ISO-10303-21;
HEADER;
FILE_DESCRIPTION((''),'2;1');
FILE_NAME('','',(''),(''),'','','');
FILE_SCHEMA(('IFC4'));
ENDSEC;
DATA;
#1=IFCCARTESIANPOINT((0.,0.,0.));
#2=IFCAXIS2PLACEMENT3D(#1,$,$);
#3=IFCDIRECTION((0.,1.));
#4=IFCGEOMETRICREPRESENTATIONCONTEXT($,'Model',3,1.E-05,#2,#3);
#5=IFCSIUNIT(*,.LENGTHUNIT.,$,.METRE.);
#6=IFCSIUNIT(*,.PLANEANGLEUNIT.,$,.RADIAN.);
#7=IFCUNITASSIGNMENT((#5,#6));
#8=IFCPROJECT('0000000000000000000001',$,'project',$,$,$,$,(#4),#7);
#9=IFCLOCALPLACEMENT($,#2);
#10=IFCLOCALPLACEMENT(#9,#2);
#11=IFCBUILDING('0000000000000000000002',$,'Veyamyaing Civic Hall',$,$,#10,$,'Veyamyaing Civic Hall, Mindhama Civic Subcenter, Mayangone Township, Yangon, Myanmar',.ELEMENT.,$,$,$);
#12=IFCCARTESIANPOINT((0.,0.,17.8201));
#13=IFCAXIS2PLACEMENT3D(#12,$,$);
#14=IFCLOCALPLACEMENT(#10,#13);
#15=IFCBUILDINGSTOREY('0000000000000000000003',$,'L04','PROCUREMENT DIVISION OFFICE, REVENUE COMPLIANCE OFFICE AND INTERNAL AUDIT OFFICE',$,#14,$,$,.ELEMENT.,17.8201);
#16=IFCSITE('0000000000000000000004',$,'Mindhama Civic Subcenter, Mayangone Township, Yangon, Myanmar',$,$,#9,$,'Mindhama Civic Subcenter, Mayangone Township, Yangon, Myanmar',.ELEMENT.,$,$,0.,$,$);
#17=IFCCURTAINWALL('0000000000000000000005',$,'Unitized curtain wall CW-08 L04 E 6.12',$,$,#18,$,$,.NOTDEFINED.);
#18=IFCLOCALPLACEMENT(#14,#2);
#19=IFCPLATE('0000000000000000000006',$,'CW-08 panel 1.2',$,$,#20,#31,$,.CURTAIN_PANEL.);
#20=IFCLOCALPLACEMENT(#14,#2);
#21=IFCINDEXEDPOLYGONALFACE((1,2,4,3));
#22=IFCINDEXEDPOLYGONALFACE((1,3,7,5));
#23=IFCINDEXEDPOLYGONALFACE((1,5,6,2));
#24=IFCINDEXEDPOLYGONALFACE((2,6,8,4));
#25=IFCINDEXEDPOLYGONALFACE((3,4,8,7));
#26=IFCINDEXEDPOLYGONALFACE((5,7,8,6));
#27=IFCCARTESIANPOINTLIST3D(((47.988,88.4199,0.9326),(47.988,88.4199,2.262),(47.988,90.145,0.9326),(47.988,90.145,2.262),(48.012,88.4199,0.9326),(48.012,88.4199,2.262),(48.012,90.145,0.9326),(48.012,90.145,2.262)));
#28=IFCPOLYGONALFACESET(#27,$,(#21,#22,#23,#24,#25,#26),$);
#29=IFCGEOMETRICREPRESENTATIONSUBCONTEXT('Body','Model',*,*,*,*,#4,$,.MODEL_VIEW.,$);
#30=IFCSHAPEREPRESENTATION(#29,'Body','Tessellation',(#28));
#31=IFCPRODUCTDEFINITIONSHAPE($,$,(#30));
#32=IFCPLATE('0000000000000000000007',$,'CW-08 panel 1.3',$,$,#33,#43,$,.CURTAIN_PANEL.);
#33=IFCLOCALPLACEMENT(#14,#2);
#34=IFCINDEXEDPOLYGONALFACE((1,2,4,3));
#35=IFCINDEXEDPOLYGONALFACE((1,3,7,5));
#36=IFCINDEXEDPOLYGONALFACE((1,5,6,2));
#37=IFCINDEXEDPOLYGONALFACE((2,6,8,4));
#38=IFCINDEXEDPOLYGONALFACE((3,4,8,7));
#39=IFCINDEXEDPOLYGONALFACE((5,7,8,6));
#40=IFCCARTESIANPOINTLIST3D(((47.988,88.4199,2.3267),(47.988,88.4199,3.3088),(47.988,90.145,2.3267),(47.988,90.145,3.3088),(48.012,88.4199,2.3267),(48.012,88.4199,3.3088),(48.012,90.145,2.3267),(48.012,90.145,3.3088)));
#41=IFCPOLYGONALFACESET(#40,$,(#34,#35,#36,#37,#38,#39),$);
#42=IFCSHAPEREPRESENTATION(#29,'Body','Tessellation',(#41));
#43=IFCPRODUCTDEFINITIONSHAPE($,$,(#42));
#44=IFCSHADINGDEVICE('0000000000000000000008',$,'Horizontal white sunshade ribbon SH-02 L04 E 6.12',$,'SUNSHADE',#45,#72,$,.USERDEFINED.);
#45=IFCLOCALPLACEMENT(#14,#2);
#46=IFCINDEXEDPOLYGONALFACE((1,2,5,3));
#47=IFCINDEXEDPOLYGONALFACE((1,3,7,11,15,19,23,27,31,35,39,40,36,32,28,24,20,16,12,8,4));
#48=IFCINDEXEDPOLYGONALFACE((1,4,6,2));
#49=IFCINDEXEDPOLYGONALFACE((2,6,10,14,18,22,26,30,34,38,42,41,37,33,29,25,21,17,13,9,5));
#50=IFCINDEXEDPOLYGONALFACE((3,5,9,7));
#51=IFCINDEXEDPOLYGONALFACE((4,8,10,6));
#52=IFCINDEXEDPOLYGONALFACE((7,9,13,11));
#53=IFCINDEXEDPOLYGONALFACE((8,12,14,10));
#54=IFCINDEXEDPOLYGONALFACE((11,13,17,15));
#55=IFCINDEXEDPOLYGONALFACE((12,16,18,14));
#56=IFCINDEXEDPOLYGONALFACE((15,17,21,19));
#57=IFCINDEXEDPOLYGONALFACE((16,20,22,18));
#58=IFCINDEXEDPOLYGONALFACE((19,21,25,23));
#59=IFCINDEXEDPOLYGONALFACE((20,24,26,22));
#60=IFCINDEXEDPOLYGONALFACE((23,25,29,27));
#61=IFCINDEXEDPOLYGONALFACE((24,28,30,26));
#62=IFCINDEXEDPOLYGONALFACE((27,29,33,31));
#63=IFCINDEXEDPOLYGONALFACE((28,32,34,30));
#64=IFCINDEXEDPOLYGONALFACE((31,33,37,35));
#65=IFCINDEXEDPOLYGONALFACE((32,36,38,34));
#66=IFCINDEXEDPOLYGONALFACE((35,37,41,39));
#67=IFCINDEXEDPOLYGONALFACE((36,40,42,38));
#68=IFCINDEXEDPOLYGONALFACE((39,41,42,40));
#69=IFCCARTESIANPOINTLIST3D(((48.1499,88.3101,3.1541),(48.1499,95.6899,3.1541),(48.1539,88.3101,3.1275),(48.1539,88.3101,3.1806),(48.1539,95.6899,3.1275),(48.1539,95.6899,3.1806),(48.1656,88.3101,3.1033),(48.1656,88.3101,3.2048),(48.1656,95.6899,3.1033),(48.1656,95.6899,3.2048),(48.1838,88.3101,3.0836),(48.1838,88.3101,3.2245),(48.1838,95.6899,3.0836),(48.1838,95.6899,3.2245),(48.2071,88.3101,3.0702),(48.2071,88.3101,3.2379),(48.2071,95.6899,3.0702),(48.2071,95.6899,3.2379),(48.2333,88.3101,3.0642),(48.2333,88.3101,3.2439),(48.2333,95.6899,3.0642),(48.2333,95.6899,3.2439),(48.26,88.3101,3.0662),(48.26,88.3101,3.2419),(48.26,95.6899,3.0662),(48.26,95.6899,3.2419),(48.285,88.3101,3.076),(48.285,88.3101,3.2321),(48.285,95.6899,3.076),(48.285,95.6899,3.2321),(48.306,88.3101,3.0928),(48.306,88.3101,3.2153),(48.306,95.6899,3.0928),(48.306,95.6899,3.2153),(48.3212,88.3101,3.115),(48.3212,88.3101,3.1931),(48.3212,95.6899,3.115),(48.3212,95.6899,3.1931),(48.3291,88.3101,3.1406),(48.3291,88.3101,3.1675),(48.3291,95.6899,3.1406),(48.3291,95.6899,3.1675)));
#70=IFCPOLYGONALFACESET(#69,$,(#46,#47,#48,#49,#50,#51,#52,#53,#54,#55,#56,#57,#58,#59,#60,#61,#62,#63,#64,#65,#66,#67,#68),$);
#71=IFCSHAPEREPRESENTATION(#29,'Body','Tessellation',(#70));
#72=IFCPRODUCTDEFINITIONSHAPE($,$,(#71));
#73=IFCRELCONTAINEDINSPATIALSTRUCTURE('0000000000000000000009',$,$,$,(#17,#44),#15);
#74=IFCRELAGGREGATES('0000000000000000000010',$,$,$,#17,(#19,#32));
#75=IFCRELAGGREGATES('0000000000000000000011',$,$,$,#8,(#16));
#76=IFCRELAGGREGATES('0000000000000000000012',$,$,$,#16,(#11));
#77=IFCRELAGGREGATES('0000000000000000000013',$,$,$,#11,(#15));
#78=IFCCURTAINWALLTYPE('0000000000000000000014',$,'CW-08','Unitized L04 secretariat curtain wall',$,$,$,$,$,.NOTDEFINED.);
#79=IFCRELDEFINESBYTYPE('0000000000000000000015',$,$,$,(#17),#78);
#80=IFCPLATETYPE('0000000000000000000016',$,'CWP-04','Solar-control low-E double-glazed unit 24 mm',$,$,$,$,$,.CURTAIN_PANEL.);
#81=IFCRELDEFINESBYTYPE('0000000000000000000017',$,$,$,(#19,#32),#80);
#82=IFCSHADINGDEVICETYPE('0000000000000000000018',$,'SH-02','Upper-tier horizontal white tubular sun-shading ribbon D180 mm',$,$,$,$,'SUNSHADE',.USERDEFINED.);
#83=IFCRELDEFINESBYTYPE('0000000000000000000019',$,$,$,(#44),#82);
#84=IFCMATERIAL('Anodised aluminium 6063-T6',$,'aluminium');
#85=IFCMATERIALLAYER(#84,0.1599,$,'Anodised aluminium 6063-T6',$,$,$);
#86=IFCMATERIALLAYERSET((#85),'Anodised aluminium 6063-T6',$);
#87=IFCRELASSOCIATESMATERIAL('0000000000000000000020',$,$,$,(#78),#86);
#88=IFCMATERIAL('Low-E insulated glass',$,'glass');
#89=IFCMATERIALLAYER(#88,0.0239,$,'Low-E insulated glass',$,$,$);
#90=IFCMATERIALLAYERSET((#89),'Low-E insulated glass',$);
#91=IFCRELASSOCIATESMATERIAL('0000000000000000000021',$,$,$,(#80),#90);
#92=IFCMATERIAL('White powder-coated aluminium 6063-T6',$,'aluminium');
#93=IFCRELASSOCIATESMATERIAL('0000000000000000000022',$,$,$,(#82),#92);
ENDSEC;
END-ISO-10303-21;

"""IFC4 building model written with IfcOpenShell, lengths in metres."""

from ifc_helpers import new_model, si_unit, direction, frame, origin, origin_2d, place, context, subcontext, project, spatial, rectangle, circle, extrude, material, layer, layer_set, material_profile, profile_set, type_object, element, aggregate, save


model = new_model("IFC4")

# Units and contexts
model_context = context("Model", 3, precision=1e-05, world=origin(), true_north=direction((0.0, 1.0)))
body_context = subcontext(model_context, "Body", "Model", "MODEL_VIEW")
ifc_project = project(units=[si_unit("LENGTHUNIT", "METRE"), si_unit("PLANEANGLEUNIT", "RADIAN")], contexts=[model_context])

# Site, building, storey
site_placement = place(None, origin())
site = spatial("IfcSite", under=ifc_project, at=site_placement, Name="Mindhama Civic Subcenter, Mayangone Township, Yangon, Myanmar", LongName="Mindhama Civic Subcenter, Mayangone Township, Yangon, Myanmar", CompositionType="ELEMENT", RefElevation=0.0)
building_placement = place(site_placement, origin())
building = spatial("IfcBuilding", under=site, at=building_placement, Name="Veyamyaing Civic Hall", LongName="Veyamyaing Civic Hall, Mindhama Civic Subcenter, Mayangone Township, Yangon, Myanmar", CompositionType="ELEMENT")
storey_placement = place(building_placement, frame((0.0, 0.0, 17.8201)))
storey = spatial("IfcBuildingStorey", under=building, at=storey_placement, Name="L04", Description="PROCUREMENT DIVISION OFFICE, REVENUE COMPLIANCE OFFICE AND INTERNAL AUDIT OFFICE", CompositionType="ELEMENT", Elevation=17.8201)

# Curtain wall
ifc_material_1 = material(Name="Anodised aluminium 6063-T6", Category="aluminium")
ifc_layer_1 = layer(ifc_material_1, 0.1599, Name="Anodised aluminium 6063-T6")
ifc_layer_set_1 = layer_set([ifc_layer_1], Name="Anodised aluminium 6063-T6")
curtain_wall_type = type_object("IfcCurtainWallType", Name="CW-08", Description="Unitized L04 secretariat curtain wall", PredefinedType="NOTDEFINED", material=ifc_layer_set_1)
curtain_wall_1_placement = place(storey_placement, origin())
curtain_wall_1 = element("IfcCurtainWall", 1, at=curtain_wall_1_placement, inside=storey, type_object=curtain_wall_type, Name="Unitized curtain wall CW-08 L04 E 6.12", PredefinedType="NOTDEFINED")

# Plates
ifc_material_2 = material(Name="Low-E insulated glass", Category="glass")
ifc_layer_2 = layer(ifc_material_2, 0.0239, Name="Low-E insulated glass")
ifc_layer_set_2 = layer_set([ifc_layer_2], Name="Low-E insulated glass")
plate_type = type_object("IfcPlateType", Name="CWP-04", Description="Solar-control low-E double-glazed unit 24 mm", PredefinedType="CURTAIN_PANEL", material=ifc_layer_set_2)
plate_1_placement = place(storey_placement, frame((48.0, 89.2825, 0.9326), z_axis=(0.0, 0.0, 1.0), x_axis=(0.0, 1.0, 0.0)))
plate_1 = element("IfcPlate", 2, at=plate_1_placement, type_object=plate_type, Name="CW-08 panel 1.2", PredefinedType="CURTAIN_PANEL", context=body_context, shape_type="SweptSolid", body=[
    extrude(rectangle(XDim=1.7251, YDim=0.0239, at=origin_2d()), origin(), (0.0, 0.0, 1.0), 1.3293),
])
plate_2_placement = place(storey_placement, frame((48.0, 89.2825, 2.3267), z_axis=(0.0, 0.0, 1.0), x_axis=(0.0, 1.0, 0.0)))
plate_2 = element("IfcPlate", 3, at=plate_2_placement, type_object=plate_type, Name="CW-08 panel 1.3", PredefinedType="CURTAIN_PANEL", context=body_context, shape_type="SweptSolid", body=[
    extrude(rectangle(XDim=1.7251, YDim=0.0239, at=origin_2d()), origin(), (0.0, 0.0, 1.0), 0.9822),
])
aggregate(curtain_wall_1, [plate_1, plate_2])

# Shading device
ifc_material_3 = material(Name="White powder-coated aluminium 6063-T6", Category="aluminium")
ifc_material_profile_1 = material_profile(ifc_material_3, circle(Radius=0.0901, at=origin_2d()), Name="SHADE-TUBE-180")
ifc_profile_set_1 = profile_set([ifc_material_profile_1], Name="White powder-coated aluminium 6063-T6")
shading_device_type = type_object("IfcShadingDeviceType", Name="SH-02", Description="Upper-tier horizontal white tubular sun-shading ribbon D180 mm", ElementType="SUNSHADE", PredefinedType="USERDEFINED", material=ifc_profile_set_1)
shading_device_placement = place(storey_placement, frame((48.24, 88.3101, 3.1541), z_axis=(0.0, 1.0, 0.0), x_axis=(-1.0, 0.0, 0.0)))
element("IfcShadingDevice", 4, at=shading_device_placement, inside=storey, type_object=shading_device_type, Name="Horizontal white sunshade ribbon SH-02 L04 E 6.12", ObjectType="SUNSHADE", PredefinedType="USERDEFINED", context=body_context, shape_type="SweptSolid", body=[
    extrude(circle(Radius=0.0901, at=origin_2d()), origin(), (0.0, 0.0, 1.0), 7.3799),
])

save(model, "model.ifc")
